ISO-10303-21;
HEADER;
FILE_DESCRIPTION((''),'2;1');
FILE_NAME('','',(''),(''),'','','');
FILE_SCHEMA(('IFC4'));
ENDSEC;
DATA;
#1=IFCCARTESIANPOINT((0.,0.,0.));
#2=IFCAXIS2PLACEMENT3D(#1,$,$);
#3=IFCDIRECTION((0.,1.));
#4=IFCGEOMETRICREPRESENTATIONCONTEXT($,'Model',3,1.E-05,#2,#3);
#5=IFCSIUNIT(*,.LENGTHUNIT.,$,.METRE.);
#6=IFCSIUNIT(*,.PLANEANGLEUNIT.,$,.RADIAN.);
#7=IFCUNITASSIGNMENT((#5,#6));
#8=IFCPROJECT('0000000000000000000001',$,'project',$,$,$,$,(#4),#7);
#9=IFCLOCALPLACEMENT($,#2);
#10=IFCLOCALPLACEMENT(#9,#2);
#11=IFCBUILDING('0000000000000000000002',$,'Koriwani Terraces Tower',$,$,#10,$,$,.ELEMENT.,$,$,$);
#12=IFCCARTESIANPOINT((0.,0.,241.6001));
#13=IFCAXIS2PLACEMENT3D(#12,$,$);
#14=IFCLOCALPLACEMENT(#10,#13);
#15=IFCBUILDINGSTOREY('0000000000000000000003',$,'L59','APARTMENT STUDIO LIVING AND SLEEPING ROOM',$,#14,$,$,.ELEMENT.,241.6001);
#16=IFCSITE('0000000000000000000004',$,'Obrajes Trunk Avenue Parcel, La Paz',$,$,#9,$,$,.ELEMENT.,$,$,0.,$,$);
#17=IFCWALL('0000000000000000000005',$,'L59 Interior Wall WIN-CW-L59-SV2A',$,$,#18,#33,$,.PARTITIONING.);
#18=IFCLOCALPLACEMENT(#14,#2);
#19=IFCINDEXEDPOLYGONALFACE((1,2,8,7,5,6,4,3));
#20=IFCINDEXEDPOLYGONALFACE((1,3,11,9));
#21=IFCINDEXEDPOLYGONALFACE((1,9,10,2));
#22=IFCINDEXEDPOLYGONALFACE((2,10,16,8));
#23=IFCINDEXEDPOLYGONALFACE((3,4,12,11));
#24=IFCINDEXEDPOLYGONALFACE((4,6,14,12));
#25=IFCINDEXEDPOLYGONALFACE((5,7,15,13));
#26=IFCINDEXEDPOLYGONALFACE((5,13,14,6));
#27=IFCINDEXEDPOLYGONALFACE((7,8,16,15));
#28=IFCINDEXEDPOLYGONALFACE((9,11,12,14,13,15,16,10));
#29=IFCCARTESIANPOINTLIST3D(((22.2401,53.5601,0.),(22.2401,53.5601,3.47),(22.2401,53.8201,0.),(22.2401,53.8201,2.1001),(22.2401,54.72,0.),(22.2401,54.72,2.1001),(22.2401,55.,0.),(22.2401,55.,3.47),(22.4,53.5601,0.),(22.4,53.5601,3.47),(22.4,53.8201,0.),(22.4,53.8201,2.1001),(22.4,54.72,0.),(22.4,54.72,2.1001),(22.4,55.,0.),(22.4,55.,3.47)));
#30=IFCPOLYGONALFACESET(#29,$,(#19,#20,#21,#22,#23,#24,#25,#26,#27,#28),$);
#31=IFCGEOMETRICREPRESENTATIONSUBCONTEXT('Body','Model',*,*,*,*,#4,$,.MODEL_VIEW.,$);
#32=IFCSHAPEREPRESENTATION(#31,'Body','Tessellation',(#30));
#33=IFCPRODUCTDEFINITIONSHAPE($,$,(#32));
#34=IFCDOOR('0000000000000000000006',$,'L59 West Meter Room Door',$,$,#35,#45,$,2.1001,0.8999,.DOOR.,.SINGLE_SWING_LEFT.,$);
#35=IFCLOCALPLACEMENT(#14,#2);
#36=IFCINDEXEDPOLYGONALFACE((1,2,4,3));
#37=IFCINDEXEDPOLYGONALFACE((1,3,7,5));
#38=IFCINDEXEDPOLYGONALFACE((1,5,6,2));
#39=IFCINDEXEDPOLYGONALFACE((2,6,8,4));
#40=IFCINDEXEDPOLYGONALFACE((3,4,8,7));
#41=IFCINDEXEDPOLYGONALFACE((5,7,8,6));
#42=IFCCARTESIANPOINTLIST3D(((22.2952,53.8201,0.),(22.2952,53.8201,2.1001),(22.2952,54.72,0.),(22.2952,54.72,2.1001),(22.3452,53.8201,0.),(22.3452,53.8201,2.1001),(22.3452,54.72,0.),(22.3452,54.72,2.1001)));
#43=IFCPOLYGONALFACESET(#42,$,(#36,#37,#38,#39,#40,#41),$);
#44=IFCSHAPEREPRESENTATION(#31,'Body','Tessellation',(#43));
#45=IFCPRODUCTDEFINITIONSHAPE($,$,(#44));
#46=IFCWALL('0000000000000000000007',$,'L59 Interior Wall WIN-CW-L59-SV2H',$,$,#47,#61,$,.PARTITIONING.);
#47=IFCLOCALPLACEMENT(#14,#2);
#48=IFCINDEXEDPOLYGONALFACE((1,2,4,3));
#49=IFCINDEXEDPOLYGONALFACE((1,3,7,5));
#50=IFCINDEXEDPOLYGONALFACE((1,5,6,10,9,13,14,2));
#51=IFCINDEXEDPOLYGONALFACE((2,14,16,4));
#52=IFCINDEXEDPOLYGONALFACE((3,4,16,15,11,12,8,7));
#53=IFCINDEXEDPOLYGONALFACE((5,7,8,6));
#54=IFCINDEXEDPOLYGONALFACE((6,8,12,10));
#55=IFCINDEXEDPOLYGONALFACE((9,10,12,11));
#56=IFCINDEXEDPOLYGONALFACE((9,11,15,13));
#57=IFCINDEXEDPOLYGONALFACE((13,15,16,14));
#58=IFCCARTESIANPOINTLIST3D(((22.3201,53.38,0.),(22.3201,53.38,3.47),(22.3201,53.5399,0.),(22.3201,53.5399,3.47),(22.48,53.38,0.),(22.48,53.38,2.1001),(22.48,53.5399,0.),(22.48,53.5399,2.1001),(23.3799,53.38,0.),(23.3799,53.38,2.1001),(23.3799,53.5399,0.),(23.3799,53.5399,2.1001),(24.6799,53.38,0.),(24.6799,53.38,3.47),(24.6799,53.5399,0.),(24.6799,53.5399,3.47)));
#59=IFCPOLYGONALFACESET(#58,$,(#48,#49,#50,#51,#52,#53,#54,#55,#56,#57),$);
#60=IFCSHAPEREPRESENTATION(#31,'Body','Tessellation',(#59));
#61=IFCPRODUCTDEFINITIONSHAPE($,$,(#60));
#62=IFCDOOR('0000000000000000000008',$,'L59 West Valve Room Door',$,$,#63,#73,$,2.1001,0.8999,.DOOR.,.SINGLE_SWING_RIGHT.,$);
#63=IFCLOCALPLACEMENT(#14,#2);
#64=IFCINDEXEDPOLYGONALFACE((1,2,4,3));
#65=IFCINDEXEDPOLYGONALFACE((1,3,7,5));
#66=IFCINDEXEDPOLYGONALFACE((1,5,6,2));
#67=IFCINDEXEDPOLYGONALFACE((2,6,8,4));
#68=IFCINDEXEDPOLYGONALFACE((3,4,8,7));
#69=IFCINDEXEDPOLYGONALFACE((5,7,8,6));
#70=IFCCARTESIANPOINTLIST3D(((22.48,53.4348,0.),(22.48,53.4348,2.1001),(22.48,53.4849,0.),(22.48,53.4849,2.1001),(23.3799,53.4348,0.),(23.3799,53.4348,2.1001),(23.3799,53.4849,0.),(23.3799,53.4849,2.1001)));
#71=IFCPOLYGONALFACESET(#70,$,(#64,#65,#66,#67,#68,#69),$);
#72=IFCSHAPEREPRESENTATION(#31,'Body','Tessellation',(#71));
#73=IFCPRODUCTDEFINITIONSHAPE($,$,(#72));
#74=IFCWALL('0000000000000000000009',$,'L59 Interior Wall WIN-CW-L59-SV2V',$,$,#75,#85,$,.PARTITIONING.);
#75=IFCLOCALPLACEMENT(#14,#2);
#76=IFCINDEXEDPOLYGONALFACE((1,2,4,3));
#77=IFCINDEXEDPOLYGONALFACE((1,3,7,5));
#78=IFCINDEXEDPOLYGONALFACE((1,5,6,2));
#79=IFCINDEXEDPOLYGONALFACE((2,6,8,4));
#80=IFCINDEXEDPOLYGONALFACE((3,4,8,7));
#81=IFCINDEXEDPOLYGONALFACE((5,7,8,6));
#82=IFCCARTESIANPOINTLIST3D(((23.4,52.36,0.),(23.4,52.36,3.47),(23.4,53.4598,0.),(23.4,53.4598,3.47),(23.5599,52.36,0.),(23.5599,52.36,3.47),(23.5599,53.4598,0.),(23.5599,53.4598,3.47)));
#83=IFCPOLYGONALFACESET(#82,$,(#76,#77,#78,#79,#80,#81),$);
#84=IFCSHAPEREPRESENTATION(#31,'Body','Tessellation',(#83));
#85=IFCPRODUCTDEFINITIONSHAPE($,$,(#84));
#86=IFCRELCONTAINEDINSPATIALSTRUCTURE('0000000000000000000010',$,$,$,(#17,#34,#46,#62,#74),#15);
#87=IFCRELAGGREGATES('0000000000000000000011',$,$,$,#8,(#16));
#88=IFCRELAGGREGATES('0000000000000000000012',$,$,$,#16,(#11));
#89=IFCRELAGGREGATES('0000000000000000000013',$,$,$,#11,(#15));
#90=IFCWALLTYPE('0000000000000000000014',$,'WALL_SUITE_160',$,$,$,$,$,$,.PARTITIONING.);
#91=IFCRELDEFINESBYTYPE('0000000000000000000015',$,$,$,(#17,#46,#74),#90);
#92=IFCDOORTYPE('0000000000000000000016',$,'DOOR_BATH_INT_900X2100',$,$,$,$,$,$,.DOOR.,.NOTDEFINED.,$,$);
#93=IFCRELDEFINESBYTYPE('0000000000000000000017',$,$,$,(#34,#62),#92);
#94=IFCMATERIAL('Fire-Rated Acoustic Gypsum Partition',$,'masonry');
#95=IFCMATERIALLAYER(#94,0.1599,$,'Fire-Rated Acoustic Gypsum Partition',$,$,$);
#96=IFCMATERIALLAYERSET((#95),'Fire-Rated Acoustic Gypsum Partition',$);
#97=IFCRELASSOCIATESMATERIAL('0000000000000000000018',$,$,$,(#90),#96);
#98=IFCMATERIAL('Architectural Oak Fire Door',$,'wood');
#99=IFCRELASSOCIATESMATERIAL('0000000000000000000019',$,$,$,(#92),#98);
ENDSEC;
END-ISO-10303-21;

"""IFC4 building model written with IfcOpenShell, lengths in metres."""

from ifc_helpers import new_model, si_unit, direction, frame, frame_2d, origin, place, context, subcontext, project, spatial, rectangle, extrude, material, layer, layer_set, type_object, element, fill, save


model = new_model("IFC4")

# Units and contexts
model_context = context("Model", 3, precision=1e-05, world=origin(), true_north=direction((0.0, 1.0)))
body_context = subcontext(model_context, "Body", "Model", "MODEL_VIEW")
ifc_project = project(units=[si_unit("LENGTHUNIT", "METRE"), si_unit("PLANEANGLEUNIT", "RADIAN")], contexts=[model_context])

# Site, building, storey
site_placement = place(None, origin())
site = spatial("IfcSite", under=ifc_project, at=site_placement, Name="Obrajes Trunk Avenue Parcel, La Paz", CompositionType="ELEMENT", RefElevation=0.0)
building_placement = place(site_placement, origin())
building = spatial("IfcBuilding", under=site, at=building_placement, Name="Koriwani Terraces Tower", CompositionType="ELEMENT")
storey_placement = place(building_placement, frame((0.0, 0.0, 241.6001)))
storey = spatial("IfcBuildingStorey", under=building, at=storey_placement, Name="L59", Description="APARTMENT STUDIO LIVING AND SLEEPING ROOM", CompositionType="ELEMENT", Elevation=241.6001)

# Walls, openings, doors
ifc_material_1 = material(Name="Fire-Rated Acoustic Gypsum Partition", Category="masonry")
ifc_layer_1 = layer(ifc_material_1, 0.1599, Name="Fire-Rated Acoustic Gypsum Partition")
ifc_layer_set_1 = layer_set([ifc_layer_1], Name="Fire-Rated Acoustic Gypsum Partition")
wall_type_1 = type_object("IfcWallType", Name="WALL_SUITE_160", PredefinedType="PARTITIONING", material=ifc_layer_set_1)
wall_1_placement = place(storey_placement, frame((22.3201, 53.5601, 0.0), z_axis=(0.0, 0.0, 1.0), x_axis=(0.0, 1.0, 0.0)))
wall_1 = element("IfcWall", 1, at=wall_1_placement, inside=storey, type_object=wall_type_1, Name="L59 Interior Wall WIN-CW-L59-SV2A", PredefinedType="PARTITIONING", context=body_context, shape_type="SweptSolid", body=[
    extrude(rectangle(XDim=1.4399, YDim=0.1599, at=frame_2d((0.72, 0.0))), origin(), (0.0, 0.0, 1.0), 3.47),
])
opening_1_placement = place(wall_1_placement, frame((0.26, 0.0, 0.0)))
opening_1 = element("IfcOpeningElement", 2, at=opening_1_placement, cuts=wall_1, PredefinedType="OPENING", context=body_context, shape_type="SweptSolid", body=[
    extrude(rectangle(XDim=0.8999, YDim=2.1001, at=frame_2d((0.45, 1.05))), frame((0.0, 0.0898, 0.0), z_axis=(0.0, -1.0, 0.0), x_axis=(1.0, 0.0, 0.0)), (0.0, 0.0, 1.0), 0.1799),
])
ifc_material_2 = material(Name="Architectural Oak Fire Door", Category="wood")
door_type_1 = type_object("IfcDoorType", Name="DOOR_BATH_INT_900X2100", OperationType="NOTDEFINED", PredefinedType="DOOR", material=ifc_material_2)
door_1_placement = place(opening_1_placement, origin())
door_1 = element("IfcDoor", 3, at=door_1_placement, inside=storey, type_object=door_type_1, Name="L59 West Meter Room Door", OperationType="SINGLE_SWING_LEFT", OverallHeight=2.1001, OverallWidth=0.8999, PredefinedType="DOOR", context=body_context, shape_type="SweptSolid", body=[
    extrude(rectangle(XDim=0.8999, YDim=2.1001, at=frame_2d((0.45, 1.05))), frame((0.0, 0.0249, 0.0), z_axis=(0.0, -1.0, 0.0), x_axis=(1.0, 0.0, 0.0)), (0.0, 0.0, 1.0), 0.05),
])
fill(opening_1, door_1)
wall_2_placement = place(storey_placement, frame((22.3201, 53.46, 0.0), z_axis=(0.0, 0.0, 1.0), x_axis=(1.0, 0.0, 0.0)))
wall_2 = element("IfcWall", 4, at=wall_2_placement, inside=storey, type_object=wall_type_1, Name="L59 Interior Wall WIN-CW-L59-SV2H", PredefinedType="PARTITIONING", context=body_context, shape_type="SweptSolid", body=[
    extrude(rectangle(XDim=2.3599, YDim=0.1599, at=frame_2d((1.1799, 0.0))), origin(), (0.0, 0.0, 1.0), 3.47),
])
opening_2_placement = place(wall_2_placement, frame((0.1599, 0.0, 0.0)))
opening_2 = element("IfcOpeningElement", 5, at=opening_2_placement, cuts=wall_2, PredefinedType="OPENING", context=body_context, shape_type="SweptSolid", body=[
    extrude(rectangle(XDim=0.8999, YDim=2.1001, at=frame_2d((0.45, 1.05))), frame((0.0, 0.0898, 0.0), z_axis=(0.0, -1.0, 0.0), x_axis=(1.0, 0.0, 0.0)), (0.0, 0.0, 1.0), 0.1799),
])
door_2_placement = place(opening_2_placement, origin())
door_2 = element("IfcDoor", 6, at=door_2_placement, inside=storey, type_object=door_type_1, Name="L59 West Valve Room Door", OperationType="SINGLE_SWING_RIGHT", OverallHeight=2.1001, OverallWidth=0.8999, PredefinedType="DOOR", context=body_context, shape_type="SweptSolid", body=[
    extrude(rectangle(XDim=0.8999, YDim=2.1001, at=frame_2d((0.45, 1.05))), frame((0.0, 0.0249, 0.0), z_axis=(0.0, -1.0, 0.0), x_axis=(1.0, 0.0, 0.0)), (0.0, 0.0, 1.0), 0.05),
])
fill(opening_2, door_2)

# Wall
wall_3_placement = place(storey_placement, frame((23.48, 52.3601, 0.0), z_axis=(0.0, 0.0, 1.0), x_axis=(0.0, 1.0, 0.0)))
element("IfcWall", 7, at=wall_3_placement, inside=storey, type_object=wall_type_1, Name="L59 Interior Wall WIN-CW-L59-SV2V", PredefinedType="PARTITIONING", context=body_context, shape_type="SweptSolid", body=[
    extrude(rectangle(XDim=1.0999, YDim=0.1599, at=frame_2d((0.5498, 0.0))), origin(), (0.0, 0.0, 1.0), 3.47),
])

save(model, "model.ifc")
